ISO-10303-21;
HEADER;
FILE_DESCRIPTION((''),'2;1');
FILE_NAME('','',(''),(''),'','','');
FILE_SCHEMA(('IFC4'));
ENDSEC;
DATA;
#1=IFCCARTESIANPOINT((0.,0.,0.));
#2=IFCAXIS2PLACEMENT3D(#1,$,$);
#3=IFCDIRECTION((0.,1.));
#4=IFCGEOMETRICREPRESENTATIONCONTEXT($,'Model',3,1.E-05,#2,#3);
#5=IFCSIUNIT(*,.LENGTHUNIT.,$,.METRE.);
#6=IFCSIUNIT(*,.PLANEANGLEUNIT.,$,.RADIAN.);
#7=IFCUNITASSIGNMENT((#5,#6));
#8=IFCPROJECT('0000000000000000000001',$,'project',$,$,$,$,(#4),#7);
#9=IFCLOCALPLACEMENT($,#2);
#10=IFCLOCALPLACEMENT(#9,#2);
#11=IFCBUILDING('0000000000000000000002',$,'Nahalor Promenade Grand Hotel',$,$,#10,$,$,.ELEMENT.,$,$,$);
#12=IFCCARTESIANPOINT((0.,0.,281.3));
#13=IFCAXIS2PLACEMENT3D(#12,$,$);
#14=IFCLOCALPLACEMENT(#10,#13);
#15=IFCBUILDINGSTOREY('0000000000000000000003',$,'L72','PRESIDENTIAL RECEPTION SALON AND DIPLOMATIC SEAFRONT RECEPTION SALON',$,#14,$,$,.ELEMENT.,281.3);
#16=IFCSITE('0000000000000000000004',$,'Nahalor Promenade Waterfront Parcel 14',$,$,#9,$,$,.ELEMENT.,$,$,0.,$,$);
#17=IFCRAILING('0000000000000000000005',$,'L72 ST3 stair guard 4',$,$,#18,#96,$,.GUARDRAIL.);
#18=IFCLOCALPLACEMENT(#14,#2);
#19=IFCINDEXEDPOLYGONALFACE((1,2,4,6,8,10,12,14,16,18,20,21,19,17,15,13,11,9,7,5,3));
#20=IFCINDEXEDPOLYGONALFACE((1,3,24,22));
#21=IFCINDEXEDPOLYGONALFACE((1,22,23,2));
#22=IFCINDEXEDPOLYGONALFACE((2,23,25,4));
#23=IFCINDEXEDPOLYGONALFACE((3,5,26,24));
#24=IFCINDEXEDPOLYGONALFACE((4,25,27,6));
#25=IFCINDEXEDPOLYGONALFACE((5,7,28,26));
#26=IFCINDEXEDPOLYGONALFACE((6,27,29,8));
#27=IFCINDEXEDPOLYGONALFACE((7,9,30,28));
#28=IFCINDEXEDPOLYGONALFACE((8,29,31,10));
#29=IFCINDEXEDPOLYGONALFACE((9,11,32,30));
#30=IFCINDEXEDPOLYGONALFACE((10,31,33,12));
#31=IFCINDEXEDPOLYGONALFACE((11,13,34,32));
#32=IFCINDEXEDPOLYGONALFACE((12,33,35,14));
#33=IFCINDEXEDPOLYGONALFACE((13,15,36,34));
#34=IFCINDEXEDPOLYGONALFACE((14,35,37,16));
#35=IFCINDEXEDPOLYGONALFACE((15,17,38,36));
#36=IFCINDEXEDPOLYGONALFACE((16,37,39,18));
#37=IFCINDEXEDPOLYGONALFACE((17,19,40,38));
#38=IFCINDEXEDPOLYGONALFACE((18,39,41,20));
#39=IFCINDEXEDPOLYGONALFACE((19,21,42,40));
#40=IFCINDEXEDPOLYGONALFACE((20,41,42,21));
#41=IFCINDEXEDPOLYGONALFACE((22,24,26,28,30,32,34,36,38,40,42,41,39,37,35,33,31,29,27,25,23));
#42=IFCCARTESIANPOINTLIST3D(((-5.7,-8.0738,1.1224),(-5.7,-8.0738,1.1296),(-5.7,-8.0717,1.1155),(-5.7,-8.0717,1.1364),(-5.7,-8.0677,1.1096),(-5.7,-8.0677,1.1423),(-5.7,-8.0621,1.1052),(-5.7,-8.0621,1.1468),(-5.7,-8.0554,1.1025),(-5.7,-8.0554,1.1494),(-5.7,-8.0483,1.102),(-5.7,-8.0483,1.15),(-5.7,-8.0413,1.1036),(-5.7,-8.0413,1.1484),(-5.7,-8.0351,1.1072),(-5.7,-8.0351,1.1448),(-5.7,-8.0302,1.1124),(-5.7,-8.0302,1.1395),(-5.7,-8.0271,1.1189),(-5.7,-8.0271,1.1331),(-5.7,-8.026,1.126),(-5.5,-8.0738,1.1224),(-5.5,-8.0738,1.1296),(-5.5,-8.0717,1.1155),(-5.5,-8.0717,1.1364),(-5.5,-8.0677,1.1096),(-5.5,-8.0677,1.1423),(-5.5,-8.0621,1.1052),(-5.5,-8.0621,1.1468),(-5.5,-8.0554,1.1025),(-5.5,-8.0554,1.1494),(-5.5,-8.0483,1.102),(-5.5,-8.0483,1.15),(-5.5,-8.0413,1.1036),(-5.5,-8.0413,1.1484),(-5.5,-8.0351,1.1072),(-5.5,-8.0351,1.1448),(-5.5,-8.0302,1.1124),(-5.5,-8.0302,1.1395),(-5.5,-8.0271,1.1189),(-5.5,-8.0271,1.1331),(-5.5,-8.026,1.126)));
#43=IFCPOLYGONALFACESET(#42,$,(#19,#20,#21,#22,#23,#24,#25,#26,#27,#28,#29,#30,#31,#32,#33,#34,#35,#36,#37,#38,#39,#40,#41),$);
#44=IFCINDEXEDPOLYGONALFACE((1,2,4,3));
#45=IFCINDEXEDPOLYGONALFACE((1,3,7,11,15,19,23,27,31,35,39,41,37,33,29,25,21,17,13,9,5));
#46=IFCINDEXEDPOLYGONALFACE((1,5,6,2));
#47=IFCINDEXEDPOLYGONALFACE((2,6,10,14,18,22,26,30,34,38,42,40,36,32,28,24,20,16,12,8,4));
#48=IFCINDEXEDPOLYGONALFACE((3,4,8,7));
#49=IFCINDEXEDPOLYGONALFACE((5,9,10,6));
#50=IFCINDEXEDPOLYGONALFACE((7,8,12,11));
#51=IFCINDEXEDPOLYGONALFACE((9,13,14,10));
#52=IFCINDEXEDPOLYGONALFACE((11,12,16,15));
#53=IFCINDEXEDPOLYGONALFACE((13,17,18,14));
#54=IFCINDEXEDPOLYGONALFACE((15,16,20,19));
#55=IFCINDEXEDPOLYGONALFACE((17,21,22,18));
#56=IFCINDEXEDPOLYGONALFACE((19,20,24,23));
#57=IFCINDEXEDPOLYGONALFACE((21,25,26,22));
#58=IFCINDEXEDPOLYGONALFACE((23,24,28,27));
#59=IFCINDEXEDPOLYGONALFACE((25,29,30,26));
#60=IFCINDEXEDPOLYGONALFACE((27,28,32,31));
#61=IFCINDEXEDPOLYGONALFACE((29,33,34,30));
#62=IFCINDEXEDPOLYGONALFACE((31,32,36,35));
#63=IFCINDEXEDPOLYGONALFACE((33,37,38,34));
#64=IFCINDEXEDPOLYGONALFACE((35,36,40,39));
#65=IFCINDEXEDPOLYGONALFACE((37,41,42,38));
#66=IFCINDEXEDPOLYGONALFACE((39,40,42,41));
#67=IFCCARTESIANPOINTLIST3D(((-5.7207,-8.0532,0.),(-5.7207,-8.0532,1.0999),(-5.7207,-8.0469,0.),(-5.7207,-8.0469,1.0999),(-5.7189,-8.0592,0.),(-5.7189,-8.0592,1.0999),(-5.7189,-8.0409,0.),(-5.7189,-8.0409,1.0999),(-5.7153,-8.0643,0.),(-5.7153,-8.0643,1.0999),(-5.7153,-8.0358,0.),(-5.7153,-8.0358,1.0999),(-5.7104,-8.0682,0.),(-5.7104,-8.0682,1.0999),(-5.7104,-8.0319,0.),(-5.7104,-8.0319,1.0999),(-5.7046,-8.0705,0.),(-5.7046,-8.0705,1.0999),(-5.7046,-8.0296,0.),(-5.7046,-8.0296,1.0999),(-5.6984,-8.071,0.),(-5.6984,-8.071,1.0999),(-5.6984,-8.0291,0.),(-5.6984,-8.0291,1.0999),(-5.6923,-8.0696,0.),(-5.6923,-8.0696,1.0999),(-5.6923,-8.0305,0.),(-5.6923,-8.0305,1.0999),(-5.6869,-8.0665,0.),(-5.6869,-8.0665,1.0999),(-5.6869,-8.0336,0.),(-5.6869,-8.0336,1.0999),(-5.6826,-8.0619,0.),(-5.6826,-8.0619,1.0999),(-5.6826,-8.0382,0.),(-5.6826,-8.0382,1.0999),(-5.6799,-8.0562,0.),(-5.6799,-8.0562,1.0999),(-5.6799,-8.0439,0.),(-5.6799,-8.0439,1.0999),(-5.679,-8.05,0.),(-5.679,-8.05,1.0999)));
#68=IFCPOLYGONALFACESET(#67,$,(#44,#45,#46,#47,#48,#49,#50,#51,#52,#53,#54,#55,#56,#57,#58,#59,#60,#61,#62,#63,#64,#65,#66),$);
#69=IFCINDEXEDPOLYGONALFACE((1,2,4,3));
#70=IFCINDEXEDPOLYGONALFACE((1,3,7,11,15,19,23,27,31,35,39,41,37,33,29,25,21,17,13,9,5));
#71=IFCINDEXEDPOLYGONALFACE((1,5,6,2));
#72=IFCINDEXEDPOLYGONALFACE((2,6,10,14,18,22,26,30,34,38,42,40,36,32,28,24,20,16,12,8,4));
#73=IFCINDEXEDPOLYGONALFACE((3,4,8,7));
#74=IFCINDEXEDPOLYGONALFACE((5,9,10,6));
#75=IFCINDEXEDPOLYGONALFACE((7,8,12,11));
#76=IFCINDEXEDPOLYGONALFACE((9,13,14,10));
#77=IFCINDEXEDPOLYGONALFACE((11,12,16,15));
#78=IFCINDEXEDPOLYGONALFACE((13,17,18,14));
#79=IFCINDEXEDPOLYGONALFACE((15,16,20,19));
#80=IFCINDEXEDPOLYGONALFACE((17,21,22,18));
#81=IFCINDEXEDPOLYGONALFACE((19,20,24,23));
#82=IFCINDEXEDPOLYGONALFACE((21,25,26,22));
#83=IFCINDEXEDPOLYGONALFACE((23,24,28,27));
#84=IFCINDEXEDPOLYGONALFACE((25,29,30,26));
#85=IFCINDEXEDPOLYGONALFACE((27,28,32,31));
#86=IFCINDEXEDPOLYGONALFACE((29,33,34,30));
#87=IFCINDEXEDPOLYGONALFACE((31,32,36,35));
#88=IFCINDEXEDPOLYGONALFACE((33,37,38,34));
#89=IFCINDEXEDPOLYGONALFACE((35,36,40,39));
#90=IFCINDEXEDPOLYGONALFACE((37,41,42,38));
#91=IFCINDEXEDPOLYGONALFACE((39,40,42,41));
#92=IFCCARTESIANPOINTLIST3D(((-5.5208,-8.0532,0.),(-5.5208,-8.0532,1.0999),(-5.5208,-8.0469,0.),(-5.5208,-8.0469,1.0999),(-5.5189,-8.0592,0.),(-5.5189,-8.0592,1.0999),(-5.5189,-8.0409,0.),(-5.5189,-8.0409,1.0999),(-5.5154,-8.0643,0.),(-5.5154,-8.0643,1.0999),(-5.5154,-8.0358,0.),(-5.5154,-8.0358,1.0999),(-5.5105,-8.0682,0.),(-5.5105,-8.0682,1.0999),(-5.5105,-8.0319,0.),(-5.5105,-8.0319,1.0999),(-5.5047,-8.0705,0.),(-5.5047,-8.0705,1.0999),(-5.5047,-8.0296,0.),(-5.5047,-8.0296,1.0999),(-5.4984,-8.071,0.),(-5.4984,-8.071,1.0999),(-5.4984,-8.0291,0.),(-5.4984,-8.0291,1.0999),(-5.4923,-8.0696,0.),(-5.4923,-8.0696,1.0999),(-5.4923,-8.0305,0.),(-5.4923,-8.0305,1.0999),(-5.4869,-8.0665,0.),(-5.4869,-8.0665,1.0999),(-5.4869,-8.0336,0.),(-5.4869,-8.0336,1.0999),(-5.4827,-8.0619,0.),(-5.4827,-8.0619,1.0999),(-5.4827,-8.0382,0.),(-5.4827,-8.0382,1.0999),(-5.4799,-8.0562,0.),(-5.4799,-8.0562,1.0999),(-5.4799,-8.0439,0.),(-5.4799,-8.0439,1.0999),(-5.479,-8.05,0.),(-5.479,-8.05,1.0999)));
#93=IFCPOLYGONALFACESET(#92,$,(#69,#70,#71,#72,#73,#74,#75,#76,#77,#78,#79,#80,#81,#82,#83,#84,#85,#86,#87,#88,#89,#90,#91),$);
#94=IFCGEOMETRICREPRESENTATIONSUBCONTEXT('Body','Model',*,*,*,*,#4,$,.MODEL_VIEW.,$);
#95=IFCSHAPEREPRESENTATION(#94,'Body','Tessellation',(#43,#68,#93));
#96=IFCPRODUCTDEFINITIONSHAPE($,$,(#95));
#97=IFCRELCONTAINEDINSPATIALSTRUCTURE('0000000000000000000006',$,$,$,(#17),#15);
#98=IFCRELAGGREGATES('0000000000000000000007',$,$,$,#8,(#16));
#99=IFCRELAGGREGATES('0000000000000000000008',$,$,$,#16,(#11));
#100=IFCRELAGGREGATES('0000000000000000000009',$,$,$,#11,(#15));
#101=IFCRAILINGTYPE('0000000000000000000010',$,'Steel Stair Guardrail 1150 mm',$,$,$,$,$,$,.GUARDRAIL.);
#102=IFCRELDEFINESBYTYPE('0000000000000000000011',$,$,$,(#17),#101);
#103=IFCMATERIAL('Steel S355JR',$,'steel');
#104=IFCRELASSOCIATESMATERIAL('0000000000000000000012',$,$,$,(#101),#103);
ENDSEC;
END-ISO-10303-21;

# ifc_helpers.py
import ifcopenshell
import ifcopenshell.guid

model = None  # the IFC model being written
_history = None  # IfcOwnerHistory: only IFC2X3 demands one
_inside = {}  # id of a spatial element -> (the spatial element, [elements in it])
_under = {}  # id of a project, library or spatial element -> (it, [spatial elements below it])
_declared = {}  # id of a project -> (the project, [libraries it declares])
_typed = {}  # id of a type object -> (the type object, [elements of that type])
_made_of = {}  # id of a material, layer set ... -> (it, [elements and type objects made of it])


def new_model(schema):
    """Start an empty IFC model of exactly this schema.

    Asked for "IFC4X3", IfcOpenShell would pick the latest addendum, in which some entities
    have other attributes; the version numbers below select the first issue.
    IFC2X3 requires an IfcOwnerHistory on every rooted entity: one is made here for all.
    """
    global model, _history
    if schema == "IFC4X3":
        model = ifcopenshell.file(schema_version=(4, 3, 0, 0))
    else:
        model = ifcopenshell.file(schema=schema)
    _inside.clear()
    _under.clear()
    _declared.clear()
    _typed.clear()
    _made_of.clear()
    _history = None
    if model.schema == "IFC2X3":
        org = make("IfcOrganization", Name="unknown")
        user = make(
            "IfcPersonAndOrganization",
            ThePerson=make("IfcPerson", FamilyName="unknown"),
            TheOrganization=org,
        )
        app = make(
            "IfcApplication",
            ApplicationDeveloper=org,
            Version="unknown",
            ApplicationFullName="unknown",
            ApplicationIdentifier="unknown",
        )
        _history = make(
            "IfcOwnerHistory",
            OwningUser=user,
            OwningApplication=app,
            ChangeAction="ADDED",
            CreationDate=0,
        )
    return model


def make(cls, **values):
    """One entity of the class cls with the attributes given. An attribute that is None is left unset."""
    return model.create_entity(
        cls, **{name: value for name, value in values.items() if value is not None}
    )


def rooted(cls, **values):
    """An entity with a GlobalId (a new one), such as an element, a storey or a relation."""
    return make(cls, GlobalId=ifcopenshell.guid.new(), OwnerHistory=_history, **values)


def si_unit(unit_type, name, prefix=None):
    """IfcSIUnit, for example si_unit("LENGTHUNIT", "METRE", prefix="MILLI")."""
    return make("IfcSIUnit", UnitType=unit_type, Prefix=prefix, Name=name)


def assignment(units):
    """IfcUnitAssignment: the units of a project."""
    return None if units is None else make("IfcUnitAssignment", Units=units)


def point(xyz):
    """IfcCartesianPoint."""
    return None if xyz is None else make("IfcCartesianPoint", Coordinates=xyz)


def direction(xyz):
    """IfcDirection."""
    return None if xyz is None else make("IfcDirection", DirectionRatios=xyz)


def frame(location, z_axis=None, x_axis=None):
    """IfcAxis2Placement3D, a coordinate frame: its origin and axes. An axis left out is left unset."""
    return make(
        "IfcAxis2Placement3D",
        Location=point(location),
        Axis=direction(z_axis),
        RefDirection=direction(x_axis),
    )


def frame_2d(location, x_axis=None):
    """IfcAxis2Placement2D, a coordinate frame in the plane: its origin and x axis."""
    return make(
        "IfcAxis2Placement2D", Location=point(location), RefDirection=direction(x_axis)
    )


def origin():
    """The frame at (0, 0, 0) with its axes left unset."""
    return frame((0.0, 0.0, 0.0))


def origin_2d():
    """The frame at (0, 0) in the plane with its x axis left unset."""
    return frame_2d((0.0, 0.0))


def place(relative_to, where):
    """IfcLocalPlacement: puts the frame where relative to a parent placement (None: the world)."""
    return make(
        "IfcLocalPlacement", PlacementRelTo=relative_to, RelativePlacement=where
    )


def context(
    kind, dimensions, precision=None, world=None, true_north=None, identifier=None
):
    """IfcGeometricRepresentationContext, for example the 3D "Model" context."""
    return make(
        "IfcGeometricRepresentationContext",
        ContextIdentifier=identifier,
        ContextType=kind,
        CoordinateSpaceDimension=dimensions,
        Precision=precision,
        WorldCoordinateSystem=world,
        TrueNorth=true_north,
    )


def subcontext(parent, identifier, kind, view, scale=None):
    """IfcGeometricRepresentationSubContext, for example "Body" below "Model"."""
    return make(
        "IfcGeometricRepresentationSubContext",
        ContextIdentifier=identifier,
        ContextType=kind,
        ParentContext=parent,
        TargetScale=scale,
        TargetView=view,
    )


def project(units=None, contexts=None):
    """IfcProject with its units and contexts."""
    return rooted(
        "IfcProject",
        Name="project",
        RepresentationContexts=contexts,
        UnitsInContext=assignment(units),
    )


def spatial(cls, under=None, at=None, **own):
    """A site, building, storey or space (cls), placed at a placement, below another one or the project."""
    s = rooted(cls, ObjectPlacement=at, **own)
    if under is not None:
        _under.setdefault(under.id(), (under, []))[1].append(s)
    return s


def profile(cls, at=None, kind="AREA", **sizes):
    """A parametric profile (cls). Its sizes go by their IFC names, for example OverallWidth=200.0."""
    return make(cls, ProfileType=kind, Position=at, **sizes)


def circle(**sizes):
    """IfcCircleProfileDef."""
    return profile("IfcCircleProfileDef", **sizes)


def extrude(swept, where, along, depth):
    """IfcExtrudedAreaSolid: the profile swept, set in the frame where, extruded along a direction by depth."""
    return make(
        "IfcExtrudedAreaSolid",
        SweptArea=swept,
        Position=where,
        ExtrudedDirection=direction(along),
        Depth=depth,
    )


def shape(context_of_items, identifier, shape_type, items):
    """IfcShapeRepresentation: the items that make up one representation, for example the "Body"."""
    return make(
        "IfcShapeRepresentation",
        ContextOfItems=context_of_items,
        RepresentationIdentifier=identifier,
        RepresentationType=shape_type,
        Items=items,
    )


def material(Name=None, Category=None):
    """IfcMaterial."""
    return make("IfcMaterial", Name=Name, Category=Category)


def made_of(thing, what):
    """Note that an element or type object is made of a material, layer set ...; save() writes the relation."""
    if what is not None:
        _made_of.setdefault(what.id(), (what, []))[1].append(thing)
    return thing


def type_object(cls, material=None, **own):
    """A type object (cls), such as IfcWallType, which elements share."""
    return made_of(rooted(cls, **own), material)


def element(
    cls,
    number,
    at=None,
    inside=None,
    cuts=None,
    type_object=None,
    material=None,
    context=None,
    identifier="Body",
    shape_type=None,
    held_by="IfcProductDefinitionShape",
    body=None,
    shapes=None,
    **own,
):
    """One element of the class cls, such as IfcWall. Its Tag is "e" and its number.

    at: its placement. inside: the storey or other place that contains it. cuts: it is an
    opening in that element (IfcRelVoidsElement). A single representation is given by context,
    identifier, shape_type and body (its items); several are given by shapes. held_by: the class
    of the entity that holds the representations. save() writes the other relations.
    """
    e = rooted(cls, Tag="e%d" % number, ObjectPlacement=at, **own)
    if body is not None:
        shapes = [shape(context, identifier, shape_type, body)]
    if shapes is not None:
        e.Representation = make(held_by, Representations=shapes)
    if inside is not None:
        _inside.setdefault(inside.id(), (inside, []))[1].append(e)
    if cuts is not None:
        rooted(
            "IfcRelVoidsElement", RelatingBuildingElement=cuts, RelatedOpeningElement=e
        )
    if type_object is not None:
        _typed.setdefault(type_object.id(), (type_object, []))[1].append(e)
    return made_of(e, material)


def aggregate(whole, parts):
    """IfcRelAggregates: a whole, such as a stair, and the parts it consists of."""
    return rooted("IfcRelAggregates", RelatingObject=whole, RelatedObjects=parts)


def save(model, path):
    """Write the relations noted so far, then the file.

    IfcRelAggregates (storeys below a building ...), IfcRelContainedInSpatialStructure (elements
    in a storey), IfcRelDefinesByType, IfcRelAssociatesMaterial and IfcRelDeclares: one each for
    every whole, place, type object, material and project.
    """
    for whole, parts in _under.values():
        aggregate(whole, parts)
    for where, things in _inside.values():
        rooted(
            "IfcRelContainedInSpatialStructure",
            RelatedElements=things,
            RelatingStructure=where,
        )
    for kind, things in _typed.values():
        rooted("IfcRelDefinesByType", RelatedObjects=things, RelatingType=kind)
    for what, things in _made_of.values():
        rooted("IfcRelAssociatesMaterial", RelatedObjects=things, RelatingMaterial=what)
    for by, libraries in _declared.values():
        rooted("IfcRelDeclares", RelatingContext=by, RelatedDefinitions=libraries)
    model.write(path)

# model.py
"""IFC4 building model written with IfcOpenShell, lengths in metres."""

from ifc_helpers import new_model, si_unit, direction, frame, origin, origin_2d, place, context, subcontext, project, spatial, circle, extrude, material, type_object, element, save


model = new_model("IFC4")

# Units and contexts
model_context = context("Model", 3, precision=1e-05, world=origin(), true_north=direction((0.0, 1.0)))
body_context = subcontext(model_context, "Body", "Model", "MODEL_VIEW")
ifc_project = project(units=[si_unit("LENGTHUNIT", "METRE"), si_unit("PLANEANGLEUNIT", "RADIAN")], contexts=[model_context])

# Site, building, storey
site_placement = place(None, origin())
site = spatial("IfcSite", under=ifc_project, at=site_placement, Name="Nahalor Promenade Waterfront Parcel 14", CompositionType="ELEMENT", RefElevation=0.0)
building_placement = place(site_placement, origin())
building = spatial("IfcBuilding", under=site, at=building_placement, Name="Nahalor Promenade Grand Hotel", CompositionType="ELEMENT")
storey_placement = place(building_placement, frame((0.0, 0.0, 281.3)))
storey = spatial("IfcBuildingStorey", under=building, at=storey_placement, Name="L72", Description="PRESIDENTIAL RECEPTION SALON AND DIPLOMATIC SEAFRONT RECEPTION SALON", CompositionType="ELEMENT", Elevation=281.3)

# Shared definitions
ifc_material_1 = material(Name="Steel S355JR", Category="steel")

# Railing
railing_type_1 = type_object("IfcRailingType", Name="Steel Stair Guardrail 1150 mm", PredefinedType="GUARDRAIL", material=ifc_material_1)
railing_1_placement = place(storey_placement, frame((-5.7, -8.05, 0.0)))
element("IfcRailing", 1, at=railing_1_placement, inside=storey, type_object=railing_type_1, Name="L72 ST3 stair guard 4", PredefinedType="GUARDRAIL", context=body_context, shape_type="SweptSolid", body=[
    extrude(circle(Radius=0.024, at=origin_2d()), frame((0.0, 0.0, 1.126), z_axis=(1.0, 0.0, 0.0), x_axis=(0.0, 1.0, 0.0)), (0.0, 0.0, 1.0), 0.2),
    extrude(circle(Radius=0.021, at=origin_2d()), origin(), (0.0, 0.0, 1.0), 1.0999),
    extrude(circle(Radius=0.021, at=origin_2d()), frame((0.2, 0.0, 0.0)), (0.0, 0.0, 1.0), 1.0999),
])

save(model, "model.ifc")
